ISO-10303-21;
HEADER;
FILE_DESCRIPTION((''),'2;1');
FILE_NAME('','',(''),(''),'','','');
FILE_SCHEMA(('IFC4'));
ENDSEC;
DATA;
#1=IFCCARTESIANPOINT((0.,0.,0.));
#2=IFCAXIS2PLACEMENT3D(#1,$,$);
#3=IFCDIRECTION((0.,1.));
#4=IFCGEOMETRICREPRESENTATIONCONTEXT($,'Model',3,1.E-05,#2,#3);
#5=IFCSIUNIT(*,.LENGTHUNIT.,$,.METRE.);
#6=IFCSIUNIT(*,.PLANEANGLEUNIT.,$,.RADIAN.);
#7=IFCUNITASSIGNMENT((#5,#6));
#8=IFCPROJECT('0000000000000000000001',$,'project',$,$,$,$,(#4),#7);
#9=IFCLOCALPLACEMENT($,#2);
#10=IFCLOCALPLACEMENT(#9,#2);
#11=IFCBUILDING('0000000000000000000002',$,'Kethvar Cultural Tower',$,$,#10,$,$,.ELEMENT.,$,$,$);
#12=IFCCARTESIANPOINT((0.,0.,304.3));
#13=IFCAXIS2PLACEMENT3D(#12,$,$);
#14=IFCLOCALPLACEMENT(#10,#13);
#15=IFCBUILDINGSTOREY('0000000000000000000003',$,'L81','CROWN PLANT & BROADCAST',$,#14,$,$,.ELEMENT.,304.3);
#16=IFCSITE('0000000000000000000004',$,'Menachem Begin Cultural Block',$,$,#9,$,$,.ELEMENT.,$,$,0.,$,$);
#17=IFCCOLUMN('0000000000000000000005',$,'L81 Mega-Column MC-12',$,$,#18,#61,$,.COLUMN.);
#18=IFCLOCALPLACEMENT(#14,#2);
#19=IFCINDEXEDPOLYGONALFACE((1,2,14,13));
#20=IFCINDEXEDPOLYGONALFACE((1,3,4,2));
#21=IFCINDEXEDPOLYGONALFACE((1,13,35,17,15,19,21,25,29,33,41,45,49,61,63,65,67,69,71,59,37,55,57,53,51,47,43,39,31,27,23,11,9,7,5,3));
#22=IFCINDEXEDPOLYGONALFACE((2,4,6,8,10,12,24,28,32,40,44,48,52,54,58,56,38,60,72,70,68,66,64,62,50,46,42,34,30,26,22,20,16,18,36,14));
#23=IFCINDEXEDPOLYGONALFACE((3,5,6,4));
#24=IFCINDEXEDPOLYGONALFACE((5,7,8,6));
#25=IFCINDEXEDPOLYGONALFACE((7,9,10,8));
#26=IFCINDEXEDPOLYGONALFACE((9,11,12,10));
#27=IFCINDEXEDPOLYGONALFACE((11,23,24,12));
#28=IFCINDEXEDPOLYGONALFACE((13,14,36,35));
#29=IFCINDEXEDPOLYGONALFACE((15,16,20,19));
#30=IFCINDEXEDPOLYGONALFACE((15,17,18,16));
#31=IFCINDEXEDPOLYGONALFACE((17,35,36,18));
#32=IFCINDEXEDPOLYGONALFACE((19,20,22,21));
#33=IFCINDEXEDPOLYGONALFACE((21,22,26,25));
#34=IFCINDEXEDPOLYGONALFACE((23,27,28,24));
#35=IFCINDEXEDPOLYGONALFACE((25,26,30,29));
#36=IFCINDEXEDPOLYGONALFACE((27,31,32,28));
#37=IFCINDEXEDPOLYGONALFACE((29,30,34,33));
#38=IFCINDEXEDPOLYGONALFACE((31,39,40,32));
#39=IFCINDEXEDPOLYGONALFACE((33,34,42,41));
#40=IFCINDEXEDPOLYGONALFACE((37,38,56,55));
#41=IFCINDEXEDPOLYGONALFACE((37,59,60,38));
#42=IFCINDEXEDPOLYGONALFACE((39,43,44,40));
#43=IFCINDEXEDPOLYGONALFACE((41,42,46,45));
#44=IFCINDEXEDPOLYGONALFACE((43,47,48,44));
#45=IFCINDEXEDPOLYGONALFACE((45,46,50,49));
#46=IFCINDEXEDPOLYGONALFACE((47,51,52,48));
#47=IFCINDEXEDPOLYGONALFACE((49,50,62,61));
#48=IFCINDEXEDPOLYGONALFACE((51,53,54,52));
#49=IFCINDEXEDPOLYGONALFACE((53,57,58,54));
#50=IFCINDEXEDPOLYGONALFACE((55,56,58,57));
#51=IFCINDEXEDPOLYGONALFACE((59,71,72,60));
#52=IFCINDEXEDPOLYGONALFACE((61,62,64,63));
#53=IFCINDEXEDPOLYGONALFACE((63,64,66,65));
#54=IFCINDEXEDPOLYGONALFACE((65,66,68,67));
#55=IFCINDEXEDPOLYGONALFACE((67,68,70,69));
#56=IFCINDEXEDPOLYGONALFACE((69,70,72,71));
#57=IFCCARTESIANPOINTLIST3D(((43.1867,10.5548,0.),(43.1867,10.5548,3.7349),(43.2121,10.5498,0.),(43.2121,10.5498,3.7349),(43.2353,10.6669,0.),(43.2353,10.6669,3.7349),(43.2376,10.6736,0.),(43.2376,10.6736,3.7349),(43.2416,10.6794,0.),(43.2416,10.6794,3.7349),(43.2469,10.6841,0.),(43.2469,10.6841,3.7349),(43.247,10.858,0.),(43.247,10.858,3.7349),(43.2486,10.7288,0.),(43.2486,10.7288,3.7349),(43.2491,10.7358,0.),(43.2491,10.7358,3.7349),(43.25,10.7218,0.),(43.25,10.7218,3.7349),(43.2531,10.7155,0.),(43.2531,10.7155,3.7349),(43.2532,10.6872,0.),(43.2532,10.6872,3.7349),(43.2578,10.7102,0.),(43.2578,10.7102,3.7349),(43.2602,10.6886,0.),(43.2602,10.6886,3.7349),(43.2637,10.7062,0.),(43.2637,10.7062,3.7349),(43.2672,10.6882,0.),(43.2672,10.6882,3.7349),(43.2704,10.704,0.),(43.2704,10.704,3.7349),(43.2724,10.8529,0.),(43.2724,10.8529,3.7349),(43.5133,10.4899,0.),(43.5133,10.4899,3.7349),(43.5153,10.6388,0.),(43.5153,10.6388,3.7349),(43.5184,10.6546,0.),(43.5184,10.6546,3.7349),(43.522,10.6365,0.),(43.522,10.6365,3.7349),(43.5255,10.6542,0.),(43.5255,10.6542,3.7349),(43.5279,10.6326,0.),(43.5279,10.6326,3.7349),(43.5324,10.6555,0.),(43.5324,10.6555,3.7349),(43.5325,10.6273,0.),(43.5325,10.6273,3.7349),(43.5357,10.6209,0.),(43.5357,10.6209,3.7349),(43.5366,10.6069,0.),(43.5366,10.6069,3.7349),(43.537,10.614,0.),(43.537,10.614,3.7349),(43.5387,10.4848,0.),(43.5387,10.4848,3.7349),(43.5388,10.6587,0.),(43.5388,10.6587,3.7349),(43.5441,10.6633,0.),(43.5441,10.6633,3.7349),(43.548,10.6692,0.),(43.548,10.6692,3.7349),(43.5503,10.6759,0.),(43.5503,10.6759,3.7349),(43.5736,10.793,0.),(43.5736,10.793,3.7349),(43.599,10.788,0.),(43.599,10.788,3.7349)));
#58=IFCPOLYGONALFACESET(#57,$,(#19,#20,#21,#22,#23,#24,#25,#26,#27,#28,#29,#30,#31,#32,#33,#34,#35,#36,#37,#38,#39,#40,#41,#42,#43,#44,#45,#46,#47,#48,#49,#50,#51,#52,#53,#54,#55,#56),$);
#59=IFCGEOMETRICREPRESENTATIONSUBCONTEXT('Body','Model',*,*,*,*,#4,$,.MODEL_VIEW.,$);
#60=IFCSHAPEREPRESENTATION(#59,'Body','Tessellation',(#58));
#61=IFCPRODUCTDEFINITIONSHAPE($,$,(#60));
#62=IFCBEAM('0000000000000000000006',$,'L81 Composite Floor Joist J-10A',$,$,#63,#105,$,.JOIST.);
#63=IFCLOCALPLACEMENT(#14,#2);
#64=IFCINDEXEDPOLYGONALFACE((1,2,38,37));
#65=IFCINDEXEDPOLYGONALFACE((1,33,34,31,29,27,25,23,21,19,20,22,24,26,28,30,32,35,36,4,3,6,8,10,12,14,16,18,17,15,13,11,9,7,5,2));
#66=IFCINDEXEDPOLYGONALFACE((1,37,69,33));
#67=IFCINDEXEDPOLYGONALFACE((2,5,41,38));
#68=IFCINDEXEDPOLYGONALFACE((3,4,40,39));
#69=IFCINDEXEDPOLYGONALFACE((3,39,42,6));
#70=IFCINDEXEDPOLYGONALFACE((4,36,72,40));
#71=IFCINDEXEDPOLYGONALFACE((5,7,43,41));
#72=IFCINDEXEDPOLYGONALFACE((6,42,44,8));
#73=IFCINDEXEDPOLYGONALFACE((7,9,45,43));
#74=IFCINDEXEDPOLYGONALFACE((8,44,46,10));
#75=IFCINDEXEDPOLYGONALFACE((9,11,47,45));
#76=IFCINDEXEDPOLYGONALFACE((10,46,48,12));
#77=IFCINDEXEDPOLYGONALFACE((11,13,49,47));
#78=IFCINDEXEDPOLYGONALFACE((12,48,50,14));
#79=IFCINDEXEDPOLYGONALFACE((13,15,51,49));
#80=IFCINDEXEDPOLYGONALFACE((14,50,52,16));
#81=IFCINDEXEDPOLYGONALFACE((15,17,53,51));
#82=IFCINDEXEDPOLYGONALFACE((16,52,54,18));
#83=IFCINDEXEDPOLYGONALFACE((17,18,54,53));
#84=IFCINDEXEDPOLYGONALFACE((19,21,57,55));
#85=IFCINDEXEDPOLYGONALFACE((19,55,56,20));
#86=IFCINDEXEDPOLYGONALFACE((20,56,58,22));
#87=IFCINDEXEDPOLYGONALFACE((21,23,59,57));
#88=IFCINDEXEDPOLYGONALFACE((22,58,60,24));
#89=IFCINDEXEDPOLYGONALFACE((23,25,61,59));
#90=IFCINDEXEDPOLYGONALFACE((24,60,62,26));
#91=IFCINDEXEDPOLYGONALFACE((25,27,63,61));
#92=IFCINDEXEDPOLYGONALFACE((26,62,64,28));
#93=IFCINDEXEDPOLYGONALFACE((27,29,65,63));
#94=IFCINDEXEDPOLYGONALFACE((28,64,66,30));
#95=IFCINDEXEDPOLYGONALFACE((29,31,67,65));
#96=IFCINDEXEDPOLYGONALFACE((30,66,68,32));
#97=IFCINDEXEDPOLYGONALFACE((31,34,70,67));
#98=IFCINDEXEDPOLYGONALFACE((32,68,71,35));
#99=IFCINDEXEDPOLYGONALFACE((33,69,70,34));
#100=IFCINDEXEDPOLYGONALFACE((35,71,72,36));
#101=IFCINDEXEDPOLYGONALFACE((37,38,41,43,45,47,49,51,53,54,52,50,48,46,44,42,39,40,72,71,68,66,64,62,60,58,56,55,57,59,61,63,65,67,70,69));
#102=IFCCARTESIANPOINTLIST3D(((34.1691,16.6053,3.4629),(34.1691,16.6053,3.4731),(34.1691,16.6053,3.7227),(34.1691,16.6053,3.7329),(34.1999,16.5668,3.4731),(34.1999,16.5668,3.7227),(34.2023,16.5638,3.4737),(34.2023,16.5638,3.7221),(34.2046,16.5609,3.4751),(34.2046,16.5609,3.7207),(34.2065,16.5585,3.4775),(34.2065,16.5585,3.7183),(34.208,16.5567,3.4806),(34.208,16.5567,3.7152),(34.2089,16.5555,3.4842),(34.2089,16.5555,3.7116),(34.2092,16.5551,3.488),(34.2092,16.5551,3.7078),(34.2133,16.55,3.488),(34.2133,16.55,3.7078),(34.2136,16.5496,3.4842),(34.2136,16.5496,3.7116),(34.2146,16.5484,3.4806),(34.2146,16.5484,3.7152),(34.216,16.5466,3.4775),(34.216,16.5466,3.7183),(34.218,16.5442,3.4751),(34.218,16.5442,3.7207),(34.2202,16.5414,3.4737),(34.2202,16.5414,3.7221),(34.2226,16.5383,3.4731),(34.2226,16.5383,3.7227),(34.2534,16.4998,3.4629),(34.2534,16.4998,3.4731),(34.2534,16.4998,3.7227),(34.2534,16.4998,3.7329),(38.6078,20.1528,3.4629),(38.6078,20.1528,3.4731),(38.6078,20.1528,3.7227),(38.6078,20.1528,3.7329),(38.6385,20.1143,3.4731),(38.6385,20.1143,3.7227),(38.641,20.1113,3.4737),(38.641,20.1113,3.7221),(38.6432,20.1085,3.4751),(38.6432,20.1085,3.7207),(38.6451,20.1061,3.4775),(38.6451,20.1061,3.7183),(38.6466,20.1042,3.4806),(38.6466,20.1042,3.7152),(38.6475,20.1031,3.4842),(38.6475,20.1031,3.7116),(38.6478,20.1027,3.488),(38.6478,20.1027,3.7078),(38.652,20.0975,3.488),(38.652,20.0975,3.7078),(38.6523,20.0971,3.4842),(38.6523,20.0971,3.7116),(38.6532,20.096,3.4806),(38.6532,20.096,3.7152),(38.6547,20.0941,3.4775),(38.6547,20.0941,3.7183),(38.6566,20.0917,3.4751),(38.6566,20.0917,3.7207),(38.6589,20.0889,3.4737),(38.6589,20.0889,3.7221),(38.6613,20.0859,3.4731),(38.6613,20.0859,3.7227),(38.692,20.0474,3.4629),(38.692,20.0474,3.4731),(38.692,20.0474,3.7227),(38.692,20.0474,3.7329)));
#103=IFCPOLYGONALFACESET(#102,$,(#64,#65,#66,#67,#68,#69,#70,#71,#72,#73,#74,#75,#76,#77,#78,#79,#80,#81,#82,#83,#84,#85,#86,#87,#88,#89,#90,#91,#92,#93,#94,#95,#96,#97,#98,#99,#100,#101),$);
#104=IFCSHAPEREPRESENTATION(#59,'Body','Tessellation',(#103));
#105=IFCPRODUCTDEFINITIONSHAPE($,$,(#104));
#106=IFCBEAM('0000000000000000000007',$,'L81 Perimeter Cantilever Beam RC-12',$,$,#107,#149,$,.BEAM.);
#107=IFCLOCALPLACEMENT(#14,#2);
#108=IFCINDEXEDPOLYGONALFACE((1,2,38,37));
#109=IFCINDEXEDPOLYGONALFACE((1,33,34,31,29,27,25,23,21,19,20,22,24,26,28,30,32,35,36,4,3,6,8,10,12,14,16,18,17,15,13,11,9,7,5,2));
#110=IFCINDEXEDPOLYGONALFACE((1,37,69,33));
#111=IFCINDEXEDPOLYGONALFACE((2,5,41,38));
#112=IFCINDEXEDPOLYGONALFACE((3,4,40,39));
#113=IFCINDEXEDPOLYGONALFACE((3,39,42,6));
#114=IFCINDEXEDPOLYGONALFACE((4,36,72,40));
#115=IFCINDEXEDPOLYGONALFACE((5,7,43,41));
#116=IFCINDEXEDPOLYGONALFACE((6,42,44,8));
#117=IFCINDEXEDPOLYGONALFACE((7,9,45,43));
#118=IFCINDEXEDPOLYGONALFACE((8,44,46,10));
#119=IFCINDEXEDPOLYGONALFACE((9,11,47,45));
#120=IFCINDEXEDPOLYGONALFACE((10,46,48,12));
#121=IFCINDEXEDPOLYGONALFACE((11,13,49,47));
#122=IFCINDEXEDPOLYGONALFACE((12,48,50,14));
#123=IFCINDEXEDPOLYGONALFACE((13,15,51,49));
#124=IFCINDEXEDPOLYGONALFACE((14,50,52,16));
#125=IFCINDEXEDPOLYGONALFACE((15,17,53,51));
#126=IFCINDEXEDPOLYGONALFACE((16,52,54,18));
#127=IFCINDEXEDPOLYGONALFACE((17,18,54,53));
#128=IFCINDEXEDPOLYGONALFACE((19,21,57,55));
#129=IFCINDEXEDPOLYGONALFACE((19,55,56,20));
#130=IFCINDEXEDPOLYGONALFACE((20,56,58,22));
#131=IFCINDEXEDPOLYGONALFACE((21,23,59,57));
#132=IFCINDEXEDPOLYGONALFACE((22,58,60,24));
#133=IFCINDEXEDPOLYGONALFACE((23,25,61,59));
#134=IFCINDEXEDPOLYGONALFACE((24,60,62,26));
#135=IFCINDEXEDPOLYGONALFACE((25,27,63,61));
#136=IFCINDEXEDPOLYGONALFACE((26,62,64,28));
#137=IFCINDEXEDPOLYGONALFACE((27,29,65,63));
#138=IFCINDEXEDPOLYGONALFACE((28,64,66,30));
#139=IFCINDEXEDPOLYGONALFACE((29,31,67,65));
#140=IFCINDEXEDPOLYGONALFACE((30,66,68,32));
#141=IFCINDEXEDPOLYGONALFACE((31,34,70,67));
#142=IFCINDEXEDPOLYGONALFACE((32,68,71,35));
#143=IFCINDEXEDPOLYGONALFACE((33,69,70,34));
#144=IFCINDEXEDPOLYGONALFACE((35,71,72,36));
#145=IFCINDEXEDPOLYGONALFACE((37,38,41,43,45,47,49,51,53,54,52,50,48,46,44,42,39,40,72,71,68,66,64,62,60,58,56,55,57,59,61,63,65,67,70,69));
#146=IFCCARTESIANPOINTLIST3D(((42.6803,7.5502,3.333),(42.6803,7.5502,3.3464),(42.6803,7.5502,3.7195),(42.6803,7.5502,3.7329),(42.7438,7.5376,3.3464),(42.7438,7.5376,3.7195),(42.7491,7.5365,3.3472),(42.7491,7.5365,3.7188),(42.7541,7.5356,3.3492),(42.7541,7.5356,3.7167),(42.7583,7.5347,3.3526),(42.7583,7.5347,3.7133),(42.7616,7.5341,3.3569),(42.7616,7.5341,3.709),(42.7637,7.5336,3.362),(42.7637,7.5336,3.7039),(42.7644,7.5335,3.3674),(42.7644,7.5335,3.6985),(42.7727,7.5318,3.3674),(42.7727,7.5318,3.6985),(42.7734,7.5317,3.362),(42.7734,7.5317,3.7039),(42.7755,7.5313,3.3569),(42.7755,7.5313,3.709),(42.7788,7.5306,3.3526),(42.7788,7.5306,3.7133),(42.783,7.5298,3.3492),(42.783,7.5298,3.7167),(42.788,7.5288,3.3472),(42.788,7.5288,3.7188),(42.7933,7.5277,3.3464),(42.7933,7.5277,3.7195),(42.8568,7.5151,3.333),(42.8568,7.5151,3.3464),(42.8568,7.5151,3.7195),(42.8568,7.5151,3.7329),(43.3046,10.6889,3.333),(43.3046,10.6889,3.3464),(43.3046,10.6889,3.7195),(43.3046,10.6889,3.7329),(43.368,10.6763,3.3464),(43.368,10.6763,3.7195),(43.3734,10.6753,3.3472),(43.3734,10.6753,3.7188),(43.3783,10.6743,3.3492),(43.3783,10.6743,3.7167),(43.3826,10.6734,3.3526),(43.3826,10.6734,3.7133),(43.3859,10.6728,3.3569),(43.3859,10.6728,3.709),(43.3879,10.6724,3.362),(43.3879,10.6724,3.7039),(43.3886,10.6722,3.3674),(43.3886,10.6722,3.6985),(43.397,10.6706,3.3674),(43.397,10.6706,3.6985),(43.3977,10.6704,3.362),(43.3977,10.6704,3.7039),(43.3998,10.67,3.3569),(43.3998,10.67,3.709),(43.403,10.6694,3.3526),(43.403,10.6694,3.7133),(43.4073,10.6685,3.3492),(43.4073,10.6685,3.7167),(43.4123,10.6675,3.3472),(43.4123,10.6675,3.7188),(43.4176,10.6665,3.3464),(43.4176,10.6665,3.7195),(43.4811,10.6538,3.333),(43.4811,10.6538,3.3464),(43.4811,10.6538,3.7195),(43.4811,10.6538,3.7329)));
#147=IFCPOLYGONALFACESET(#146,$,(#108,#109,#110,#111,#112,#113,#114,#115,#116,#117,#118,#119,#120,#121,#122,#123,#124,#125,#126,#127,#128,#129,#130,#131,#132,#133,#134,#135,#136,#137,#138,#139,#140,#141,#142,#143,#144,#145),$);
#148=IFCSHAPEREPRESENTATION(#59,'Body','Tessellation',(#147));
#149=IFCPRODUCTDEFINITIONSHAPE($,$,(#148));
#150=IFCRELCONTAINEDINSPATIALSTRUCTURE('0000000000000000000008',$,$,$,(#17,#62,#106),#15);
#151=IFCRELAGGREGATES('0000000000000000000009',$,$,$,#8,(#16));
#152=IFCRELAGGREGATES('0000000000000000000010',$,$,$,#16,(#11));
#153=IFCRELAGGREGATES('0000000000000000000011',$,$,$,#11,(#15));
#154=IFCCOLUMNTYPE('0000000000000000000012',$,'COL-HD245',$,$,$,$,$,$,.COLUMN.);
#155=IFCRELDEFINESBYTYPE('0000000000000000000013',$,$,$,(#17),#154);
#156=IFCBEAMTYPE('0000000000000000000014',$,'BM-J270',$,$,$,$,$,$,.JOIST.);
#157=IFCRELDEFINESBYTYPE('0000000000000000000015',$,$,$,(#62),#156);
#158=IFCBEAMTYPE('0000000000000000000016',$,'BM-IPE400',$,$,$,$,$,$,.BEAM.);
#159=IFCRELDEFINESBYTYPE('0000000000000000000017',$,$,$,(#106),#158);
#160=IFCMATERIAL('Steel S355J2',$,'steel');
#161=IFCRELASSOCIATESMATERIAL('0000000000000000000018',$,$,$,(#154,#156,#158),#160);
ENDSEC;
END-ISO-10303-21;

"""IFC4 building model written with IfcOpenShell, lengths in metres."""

from ifc_helpers import new_model, si_unit, direction, frame, origin, origin_2d, place, context, subcontext, project, spatial, i_section, extrude, source, transform, mapped, material, material_profile, profile_set, type_object, element, save


model = new_model("IFC4")

# Units and contexts
model_context = context("Model", 3, precision=1e-05, world=origin(), true_north=direction((0.0, 1.0)))
body_context = subcontext(model_context, "Body", "Model", "MODEL_VIEW")
ifc_project = project(units=[si_unit("LENGTHUNIT", "METRE"), si_unit("PLANEANGLEUNIT", "RADIAN")], contexts=[model_context])

# Site, building, storey
site_placement = place(None, origin())
site = spatial("IfcSite", under=ifc_project, at=site_placement, Name="Menachem Begin Cultural Block", CompositionType="ELEMENT", RefElevation=0.0)
building_placement = place(site_placement, origin())
building = spatial("IfcBuilding", under=site, at=building_placement, Name="Kethvar Cultural Tower", CompositionType="ELEMENT")
storey_placement = place(building_placement, frame((0.0, 0.0, 304.3)))
storey = spatial("IfcBuildingStorey", under=building, at=storey_placement, Name="L81", Description="CROWN PLANT & BROADCAST", CompositionType="ELEMENT", Elevation=304.3)

# Column
ifc_material_1 = material(Name="Steel S355J2", Category="steel")
ifc_material_profile_1 = material_profile(ifc_material_1, i_section(OverallWidth=0.3091, OverallDepth=0.3589, WebThickness=0.0161, FlangeThickness=0.0259, FilletRadius=0.0271, at=origin_2d()), Name="Steel S355J2 — HD320x245")
ifc_profile_set_1 = profile_set([ifc_material_profile_1], Name="Steel S355J2 — HD320x245")
column_type = type_object("IfcColumnType", Name="COL-HD245", PredefinedType="COLUMN", material=ifc_profile_set_1)
shared_shape_1 = source(origin(), body_context, "Body", "SweptSolid", [
    extrude(i_section(OverallWidth=0.3091, OverallDepth=0.3589, WebThickness=0.0161, FlangeThickness=0.0259, FilletRadius=0.0271, at=origin_2d()), origin(), (0.0, 0.0, 1.0), 3.7349),
])
column_placement = place(storey_placement, frame((43.3928, 10.6714, 0.0), z_axis=(0.0, 0.0, 1.0), x_axis=(-0.19509, -0.980785, 0.0)))
element("IfcColumn", 1, at=column_placement, inside=storey, type_object=column_type, Name="L81 Mega-Column MC-12", PredefinedType="COLUMN", context=body_context, shape_type="MappedRepresentation", body=[
    mapped(shared_shape_1, transform((0.0, 0.0, 0.0), scale=1.0)),
])

# Beams
ifc_material_profile_2 = material_profile(ifc_material_1, i_section(OverallWidth=0.135, OverallDepth=0.27, WebThickness=0.0066, FlangeThickness=0.0103, FilletRadius=0.0149, at=origin_2d()), Name="Steel S355J2 — IPE270")
ifc_profile_set_2 = profile_set([ifc_material_profile_2], Name="Steel S355J2 — IPE270")
beam_type_1 = type_object("IfcBeamType", Name="BM-J270", PredefinedType="JOIST", material=ifc_profile_set_2)
shared_shape_2 = source(origin(), body_context, "Body", "SweptSolid", [
    extrude(i_section(OverallWidth=0.135, OverallDepth=0.27, WebThickness=0.0066, FlangeThickness=0.0103, FilletRadius=0.0149, at=origin_2d()), origin(), (0.0, 0.0, 1.0), 5.6821),
])
beam_1_placement = place(storey_placement, frame((38.6499, 20.1001, 3.5979), z_axis=(-0.781158, -0.624333, 0.0), x_axis=(0.624333, -0.781158, 0.0)))
element("IfcBeam", 2, at=beam_1_placement, inside=storey, type_object=beam_type_1, Name="L81 Composite Floor Joist J-10A", PredefinedType="JOIST", context=body_context, shape_type="MappedRepresentation", body=[
    mapped(shared_shape_2, transform((0.0, 0.0, 0.0), scale=1.0)),
])
ifc_material_profile_3 = material_profile(ifc_material_1, i_section(OverallWidth=0.1799, OverallDepth=0.3999, WebThickness=0.0085, FlangeThickness=0.0134, FilletRadius=0.021, at=origin_2d()), Name="Steel S355J2 — IPE400")
ifc_profile_set_3 = profile_set([ifc_material_profile_3], Name="Steel S355J2 — IPE400")
beam_type_2 = type_object("IfcBeamType", Name="BM-IPE400", PredefinedType="BEAM", material=ifc_profile_set_3)
shared_shape_3 = source(origin(), body_context, "Body", "SweptSolid", [
    extrude(i_section(OverallWidth=0.1799, OverallDepth=0.3999, WebThickness=0.0085, FlangeThickness=0.0134, FilletRadius=0.021, at=origin_2d()), origin(), (0.0, 0.0, 1.0), 3.2002),
])
beam_2_placement = place(storey_placement, frame((43.3928, 10.6714, 3.533), z_axis=(-0.195074, -0.980788, 0.0), x_axis=(0.980788, -0.195074, 0.0)))
element("IfcBeam", 3, at=beam_2_placement, inside=storey, type_object=beam_type_2, Name="L81 Perimeter Cantilever Beam RC-12", PredefinedType="BEAM", context=body_context, shape_type="MappedRepresentation", body=[
    mapped(shared_shape_3, transform((0.0, 0.0, 0.0), scale=1.0)),
])

save(model, "model.ifc")
